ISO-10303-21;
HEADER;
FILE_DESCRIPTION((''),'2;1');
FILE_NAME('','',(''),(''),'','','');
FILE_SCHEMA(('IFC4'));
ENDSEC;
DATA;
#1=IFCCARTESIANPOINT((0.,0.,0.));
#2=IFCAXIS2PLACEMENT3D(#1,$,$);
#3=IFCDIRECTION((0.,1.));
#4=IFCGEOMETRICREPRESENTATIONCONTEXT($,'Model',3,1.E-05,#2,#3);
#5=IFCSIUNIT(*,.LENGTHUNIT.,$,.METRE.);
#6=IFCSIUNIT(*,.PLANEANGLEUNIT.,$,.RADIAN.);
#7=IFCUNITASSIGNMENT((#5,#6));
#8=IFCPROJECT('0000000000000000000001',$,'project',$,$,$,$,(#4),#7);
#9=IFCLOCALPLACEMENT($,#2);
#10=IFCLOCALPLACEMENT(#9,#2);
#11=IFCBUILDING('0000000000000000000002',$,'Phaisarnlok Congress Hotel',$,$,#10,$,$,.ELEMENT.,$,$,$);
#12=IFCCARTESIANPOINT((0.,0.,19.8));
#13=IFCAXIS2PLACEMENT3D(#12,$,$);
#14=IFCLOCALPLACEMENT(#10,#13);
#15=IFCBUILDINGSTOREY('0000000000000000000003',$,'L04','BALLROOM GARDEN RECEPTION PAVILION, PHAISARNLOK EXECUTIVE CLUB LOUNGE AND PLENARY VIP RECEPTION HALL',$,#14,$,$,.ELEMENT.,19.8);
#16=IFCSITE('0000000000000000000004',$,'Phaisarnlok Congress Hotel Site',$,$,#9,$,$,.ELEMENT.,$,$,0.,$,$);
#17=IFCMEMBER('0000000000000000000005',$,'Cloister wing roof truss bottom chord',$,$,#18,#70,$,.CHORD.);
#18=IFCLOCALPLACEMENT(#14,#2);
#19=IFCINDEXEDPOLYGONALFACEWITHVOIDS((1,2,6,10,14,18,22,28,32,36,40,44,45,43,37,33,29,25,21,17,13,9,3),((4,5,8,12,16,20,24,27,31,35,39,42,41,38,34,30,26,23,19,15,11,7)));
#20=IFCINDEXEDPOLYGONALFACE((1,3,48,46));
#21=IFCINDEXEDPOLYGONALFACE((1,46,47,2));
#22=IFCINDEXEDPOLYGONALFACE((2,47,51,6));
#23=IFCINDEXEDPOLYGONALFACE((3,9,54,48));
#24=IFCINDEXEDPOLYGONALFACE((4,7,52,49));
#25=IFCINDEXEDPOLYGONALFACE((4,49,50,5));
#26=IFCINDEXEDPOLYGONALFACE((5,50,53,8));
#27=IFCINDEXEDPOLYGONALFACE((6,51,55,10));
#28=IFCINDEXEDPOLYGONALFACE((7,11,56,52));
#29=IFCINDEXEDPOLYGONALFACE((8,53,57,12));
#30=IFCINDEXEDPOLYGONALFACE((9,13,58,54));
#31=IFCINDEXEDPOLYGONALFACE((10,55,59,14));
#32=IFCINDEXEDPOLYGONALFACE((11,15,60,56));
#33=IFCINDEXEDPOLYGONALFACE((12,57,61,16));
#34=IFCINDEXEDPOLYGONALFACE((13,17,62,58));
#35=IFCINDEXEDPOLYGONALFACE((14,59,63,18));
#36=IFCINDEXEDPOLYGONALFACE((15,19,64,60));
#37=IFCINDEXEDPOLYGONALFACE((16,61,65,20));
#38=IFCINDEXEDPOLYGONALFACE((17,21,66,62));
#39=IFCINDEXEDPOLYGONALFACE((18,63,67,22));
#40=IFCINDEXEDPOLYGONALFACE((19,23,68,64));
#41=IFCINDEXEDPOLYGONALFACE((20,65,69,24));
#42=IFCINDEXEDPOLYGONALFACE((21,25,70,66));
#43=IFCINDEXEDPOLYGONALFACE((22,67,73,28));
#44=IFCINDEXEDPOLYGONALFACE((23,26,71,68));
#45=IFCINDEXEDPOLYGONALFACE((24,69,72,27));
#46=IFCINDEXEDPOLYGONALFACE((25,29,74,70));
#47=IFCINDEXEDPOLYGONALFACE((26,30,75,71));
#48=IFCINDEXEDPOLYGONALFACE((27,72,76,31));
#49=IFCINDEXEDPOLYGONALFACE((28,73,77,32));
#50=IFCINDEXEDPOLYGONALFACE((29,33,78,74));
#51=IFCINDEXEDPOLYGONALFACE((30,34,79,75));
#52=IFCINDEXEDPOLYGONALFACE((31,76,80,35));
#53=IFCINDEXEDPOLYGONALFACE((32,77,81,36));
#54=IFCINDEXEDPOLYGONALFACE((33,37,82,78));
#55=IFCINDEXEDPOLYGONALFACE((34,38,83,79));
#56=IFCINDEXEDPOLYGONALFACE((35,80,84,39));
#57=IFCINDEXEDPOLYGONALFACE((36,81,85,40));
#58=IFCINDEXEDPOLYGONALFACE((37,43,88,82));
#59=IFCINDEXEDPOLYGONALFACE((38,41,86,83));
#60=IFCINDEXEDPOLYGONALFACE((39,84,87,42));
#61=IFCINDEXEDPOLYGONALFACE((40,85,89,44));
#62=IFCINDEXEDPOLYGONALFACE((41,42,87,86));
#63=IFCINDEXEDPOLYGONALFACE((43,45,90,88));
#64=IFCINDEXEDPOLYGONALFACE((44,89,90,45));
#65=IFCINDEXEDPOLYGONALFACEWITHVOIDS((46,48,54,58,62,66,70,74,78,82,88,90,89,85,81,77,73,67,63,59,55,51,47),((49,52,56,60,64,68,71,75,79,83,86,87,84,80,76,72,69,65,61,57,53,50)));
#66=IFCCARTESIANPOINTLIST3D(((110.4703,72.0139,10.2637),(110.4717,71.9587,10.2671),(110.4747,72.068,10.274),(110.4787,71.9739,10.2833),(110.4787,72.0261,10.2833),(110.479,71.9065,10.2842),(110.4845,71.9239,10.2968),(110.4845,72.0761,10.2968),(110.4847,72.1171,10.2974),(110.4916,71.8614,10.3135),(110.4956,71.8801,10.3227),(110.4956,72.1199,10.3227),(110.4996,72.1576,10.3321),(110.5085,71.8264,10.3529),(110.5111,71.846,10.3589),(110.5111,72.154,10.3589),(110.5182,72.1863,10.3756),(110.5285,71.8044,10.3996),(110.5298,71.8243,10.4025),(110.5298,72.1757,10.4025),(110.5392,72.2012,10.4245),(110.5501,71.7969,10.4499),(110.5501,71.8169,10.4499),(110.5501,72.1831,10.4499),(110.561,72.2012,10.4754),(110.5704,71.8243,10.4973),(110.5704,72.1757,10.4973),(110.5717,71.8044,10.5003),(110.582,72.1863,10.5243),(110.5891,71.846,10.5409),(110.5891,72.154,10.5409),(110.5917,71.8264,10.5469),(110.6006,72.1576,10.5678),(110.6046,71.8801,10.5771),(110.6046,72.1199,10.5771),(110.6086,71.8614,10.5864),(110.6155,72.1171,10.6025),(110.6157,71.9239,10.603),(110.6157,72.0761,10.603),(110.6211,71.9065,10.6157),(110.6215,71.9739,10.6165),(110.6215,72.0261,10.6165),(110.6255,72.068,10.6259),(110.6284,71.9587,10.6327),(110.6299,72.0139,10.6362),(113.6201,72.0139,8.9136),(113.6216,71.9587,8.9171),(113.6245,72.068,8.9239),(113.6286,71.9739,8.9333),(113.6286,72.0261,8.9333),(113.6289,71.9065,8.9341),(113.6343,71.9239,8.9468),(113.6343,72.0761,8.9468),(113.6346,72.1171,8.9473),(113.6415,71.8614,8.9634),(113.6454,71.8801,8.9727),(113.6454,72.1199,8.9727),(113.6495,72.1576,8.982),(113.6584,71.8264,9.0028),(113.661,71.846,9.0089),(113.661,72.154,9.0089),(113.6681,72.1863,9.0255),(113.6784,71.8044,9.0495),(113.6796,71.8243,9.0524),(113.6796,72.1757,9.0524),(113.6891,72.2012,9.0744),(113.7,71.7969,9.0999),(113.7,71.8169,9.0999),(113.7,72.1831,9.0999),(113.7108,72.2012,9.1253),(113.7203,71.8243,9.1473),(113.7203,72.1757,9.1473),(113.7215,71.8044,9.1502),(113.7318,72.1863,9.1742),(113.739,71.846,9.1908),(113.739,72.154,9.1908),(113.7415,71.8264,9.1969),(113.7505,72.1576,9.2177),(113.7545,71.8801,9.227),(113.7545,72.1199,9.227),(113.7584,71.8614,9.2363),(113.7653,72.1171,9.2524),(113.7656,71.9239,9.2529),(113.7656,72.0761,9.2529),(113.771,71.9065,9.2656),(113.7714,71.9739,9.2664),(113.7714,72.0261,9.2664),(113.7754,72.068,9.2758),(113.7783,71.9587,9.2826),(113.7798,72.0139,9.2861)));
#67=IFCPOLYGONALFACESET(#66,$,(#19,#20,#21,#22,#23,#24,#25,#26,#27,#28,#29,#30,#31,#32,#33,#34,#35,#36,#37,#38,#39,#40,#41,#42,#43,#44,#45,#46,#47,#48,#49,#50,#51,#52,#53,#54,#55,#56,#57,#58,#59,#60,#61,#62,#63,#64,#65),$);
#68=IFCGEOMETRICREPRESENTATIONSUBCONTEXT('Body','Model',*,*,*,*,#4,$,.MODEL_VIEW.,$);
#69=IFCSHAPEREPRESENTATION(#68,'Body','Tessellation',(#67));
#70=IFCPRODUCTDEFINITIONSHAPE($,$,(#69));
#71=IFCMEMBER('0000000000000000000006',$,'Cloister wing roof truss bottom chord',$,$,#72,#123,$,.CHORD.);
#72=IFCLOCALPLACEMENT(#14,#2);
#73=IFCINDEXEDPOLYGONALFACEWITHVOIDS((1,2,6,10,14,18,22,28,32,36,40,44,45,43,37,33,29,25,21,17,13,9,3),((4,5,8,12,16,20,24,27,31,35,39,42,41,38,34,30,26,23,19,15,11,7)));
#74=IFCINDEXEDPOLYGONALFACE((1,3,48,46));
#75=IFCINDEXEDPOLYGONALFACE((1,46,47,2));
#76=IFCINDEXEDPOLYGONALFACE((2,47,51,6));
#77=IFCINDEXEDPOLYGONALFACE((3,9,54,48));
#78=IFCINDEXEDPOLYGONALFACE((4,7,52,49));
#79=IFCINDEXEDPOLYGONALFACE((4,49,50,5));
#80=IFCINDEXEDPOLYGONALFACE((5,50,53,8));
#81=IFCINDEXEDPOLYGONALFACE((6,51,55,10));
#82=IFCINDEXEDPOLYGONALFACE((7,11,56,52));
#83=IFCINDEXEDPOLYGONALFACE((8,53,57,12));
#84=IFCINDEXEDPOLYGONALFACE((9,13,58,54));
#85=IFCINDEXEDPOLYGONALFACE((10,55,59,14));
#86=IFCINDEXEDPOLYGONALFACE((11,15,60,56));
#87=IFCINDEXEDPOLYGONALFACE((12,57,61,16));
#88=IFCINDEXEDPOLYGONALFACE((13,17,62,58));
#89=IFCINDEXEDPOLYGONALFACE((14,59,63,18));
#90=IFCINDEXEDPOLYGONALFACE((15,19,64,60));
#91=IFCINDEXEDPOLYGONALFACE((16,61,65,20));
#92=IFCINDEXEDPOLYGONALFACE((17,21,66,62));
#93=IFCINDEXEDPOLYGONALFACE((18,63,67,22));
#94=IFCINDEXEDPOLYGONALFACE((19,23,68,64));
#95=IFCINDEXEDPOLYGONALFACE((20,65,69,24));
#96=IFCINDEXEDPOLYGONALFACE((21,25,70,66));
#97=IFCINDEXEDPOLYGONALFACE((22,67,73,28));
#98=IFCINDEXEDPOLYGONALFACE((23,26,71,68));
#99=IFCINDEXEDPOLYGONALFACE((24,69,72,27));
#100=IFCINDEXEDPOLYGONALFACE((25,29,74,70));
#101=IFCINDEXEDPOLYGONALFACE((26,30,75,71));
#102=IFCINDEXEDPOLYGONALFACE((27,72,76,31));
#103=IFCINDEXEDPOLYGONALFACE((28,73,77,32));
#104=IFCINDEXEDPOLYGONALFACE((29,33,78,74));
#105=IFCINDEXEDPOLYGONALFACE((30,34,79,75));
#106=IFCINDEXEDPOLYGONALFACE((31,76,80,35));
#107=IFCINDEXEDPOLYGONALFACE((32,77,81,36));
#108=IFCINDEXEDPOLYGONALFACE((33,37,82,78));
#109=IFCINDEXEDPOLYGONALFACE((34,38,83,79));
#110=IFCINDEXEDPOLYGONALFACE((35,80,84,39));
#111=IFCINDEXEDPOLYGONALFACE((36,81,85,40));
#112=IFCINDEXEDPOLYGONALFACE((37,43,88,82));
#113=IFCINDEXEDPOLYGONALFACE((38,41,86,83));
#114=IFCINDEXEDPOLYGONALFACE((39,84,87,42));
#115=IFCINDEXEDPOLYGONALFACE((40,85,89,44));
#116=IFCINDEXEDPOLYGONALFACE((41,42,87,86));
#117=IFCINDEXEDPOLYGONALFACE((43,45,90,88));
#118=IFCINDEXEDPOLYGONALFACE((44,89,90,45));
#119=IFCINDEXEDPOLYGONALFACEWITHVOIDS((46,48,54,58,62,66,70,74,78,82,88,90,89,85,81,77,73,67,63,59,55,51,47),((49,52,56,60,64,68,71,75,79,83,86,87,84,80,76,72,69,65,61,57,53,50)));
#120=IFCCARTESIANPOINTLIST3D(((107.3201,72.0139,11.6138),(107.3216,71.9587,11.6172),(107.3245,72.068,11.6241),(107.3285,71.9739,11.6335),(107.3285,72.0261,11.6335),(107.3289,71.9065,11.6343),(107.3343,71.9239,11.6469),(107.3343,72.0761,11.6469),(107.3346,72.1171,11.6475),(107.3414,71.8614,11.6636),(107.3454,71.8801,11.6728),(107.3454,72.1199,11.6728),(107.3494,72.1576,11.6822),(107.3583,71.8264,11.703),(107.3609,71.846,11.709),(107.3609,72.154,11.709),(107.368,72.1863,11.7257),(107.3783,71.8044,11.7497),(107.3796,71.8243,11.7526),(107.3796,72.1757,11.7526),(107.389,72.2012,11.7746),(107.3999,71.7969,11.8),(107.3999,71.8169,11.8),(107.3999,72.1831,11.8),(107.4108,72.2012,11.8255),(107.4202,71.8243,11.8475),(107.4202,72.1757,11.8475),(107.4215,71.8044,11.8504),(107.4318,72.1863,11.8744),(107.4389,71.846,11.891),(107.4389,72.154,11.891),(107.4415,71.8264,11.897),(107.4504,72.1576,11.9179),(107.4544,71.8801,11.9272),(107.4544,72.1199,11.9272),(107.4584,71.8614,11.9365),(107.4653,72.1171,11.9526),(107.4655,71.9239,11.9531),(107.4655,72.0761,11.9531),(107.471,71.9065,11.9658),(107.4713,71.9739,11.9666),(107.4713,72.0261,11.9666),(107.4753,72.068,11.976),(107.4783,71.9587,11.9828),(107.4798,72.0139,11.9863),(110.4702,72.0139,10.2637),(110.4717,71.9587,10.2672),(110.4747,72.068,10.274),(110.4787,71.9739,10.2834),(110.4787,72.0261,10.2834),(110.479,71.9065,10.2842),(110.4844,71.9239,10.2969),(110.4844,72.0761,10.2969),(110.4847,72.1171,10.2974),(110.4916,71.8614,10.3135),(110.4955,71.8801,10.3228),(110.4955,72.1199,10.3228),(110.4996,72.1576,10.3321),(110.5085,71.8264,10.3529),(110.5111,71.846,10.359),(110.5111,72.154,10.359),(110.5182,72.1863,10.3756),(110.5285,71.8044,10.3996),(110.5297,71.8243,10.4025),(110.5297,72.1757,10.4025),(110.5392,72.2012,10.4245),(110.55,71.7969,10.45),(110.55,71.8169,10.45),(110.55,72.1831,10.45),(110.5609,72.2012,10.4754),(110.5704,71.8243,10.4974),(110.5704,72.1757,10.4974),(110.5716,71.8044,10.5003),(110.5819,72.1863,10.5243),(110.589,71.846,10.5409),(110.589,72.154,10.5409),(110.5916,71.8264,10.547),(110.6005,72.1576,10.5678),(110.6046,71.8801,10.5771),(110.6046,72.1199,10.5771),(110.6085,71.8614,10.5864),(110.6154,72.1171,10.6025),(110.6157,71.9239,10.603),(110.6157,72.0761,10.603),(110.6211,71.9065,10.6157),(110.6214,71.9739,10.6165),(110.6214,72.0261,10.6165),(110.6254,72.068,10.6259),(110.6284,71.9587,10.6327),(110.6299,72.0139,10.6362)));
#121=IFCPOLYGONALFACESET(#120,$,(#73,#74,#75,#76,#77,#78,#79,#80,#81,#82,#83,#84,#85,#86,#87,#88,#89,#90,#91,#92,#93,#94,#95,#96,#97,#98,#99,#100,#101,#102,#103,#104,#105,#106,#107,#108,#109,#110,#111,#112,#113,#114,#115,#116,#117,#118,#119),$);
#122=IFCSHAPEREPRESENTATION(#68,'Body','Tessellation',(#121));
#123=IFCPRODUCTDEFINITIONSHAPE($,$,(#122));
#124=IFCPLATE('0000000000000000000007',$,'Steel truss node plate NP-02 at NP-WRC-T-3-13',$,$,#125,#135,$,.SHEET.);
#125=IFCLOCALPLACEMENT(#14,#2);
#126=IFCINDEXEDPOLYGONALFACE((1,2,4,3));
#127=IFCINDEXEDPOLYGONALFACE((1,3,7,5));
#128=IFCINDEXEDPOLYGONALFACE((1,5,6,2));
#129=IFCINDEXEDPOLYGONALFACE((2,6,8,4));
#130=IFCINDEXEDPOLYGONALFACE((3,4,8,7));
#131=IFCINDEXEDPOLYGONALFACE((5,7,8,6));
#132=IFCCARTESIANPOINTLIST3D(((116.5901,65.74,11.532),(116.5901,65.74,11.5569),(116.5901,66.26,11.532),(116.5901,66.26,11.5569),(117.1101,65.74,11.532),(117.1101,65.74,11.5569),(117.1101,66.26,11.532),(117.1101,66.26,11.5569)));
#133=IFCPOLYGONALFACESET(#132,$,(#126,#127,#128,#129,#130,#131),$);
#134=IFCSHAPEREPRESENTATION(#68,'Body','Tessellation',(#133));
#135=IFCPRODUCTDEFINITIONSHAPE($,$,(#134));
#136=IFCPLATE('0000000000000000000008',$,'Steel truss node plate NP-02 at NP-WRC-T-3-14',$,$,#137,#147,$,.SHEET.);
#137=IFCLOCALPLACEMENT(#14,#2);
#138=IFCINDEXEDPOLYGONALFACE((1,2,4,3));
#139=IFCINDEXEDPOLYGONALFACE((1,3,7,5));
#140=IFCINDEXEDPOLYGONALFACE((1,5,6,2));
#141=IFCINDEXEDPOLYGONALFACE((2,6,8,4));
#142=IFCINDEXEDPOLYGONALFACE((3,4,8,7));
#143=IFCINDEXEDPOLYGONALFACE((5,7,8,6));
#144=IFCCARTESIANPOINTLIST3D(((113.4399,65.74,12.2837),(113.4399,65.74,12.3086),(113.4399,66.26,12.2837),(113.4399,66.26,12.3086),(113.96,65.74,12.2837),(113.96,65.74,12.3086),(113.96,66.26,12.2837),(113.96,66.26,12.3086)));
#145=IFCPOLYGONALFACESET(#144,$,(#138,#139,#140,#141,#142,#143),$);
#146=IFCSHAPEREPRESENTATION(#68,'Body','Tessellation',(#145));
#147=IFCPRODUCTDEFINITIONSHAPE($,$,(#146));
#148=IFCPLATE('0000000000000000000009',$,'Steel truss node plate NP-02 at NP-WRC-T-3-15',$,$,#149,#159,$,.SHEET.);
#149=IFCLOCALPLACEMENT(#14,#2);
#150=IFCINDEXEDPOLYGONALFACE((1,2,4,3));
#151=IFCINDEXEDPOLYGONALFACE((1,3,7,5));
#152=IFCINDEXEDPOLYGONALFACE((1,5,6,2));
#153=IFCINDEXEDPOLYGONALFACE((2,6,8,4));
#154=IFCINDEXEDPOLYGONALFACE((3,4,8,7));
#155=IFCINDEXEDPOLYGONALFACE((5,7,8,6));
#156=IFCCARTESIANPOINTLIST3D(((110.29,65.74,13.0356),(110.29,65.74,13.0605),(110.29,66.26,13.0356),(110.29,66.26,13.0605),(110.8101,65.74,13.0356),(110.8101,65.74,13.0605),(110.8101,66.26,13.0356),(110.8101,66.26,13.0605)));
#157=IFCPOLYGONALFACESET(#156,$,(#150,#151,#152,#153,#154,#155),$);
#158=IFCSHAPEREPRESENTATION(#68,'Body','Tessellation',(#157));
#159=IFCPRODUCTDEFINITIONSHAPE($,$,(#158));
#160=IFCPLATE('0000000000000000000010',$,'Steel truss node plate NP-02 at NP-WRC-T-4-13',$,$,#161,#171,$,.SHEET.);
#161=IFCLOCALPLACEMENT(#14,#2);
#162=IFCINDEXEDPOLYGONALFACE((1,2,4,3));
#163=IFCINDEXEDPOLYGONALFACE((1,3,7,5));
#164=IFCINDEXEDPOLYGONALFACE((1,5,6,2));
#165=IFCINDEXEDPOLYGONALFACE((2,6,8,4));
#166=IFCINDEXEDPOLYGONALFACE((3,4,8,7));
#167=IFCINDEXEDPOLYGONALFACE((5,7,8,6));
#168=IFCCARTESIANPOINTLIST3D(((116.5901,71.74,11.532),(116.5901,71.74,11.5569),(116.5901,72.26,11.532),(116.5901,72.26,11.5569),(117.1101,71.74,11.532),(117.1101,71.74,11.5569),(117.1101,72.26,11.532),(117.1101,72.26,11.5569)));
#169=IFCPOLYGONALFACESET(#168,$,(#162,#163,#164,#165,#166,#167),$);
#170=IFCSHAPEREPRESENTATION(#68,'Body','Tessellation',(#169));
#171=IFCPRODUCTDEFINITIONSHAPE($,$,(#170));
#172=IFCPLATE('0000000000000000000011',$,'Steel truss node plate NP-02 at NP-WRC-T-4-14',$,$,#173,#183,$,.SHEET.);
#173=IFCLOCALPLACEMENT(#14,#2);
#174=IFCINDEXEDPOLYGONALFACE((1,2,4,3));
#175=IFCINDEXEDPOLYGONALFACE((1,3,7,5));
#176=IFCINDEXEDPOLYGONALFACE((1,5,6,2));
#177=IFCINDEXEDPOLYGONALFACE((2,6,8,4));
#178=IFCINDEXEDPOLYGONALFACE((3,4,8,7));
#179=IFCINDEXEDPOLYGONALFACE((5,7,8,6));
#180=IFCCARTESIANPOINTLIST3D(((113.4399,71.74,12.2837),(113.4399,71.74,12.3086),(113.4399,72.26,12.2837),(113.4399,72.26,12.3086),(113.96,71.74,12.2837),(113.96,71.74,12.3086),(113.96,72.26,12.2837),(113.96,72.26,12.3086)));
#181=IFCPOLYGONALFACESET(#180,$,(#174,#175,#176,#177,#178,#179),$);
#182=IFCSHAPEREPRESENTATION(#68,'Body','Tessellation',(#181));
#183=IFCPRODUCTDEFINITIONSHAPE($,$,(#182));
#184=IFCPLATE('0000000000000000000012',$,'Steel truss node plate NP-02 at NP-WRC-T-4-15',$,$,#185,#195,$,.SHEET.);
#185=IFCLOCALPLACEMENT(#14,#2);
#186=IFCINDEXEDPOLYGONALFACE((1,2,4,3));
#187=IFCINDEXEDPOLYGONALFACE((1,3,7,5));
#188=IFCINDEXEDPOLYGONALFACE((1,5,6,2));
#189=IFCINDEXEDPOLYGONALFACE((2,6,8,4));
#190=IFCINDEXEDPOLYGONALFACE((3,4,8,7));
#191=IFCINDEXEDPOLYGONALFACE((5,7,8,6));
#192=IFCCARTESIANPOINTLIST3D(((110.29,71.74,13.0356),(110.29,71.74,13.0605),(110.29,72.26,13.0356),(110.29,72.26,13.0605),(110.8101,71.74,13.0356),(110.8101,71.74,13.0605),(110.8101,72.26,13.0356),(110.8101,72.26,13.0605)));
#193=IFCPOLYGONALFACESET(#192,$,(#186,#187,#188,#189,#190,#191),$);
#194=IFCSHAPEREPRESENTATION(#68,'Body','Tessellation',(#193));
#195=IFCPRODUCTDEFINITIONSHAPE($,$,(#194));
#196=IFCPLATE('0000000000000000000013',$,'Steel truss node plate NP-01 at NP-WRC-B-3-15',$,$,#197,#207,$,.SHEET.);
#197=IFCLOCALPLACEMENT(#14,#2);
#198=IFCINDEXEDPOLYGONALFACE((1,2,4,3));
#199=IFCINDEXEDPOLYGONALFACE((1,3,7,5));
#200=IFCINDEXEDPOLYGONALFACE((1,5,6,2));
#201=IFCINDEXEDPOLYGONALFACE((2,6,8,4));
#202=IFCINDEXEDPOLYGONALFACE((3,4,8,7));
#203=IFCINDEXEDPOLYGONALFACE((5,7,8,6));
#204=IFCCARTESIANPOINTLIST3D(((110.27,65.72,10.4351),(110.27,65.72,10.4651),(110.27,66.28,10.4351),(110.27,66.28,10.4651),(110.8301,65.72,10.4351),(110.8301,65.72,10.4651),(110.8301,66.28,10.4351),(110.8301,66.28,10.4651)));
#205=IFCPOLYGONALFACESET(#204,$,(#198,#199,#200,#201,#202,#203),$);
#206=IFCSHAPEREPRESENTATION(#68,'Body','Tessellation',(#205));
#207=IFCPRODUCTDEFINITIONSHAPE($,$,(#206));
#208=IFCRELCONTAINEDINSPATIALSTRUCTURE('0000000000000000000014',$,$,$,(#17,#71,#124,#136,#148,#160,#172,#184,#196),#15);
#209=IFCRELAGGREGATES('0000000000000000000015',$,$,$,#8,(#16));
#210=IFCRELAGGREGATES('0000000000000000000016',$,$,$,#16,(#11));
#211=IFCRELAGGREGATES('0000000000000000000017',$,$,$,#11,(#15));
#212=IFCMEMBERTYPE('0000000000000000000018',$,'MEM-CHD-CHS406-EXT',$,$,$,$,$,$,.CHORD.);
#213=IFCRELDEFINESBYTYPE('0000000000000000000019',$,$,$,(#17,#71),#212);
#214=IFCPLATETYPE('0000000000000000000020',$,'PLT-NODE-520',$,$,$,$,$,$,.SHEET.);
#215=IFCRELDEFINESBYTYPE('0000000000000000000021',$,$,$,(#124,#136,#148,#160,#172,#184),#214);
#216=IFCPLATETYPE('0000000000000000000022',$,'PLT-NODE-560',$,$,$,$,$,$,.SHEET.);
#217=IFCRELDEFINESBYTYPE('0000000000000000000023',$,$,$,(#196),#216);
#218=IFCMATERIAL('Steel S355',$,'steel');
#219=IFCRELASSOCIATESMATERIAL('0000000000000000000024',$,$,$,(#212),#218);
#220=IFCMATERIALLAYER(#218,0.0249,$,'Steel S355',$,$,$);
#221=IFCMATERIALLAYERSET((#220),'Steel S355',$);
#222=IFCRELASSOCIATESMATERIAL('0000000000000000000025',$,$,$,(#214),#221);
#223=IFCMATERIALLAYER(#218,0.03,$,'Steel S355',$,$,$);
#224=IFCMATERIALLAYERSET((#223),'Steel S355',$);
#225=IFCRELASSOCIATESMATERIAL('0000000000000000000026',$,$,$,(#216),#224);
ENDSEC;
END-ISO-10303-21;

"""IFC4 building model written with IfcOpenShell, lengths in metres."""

from ifc_helpers import new_model, si_unit, direction, frame, origin, origin_2d, place, context, subcontext, project, spatial, rectangle, hollow_circle, extrude, material, layer, layer_set, material_profile, profile_set, type_object, element, save


model = new_model("IFC4")

# Units and contexts
model_context = context("Model", 3, precision=1e-05, world=origin(), true_north=direction((0.0, 1.0)))
body_context = subcontext(model_context, "Body", "Model", "MODEL_VIEW")
ifc_project = project(units=[si_unit("LENGTHUNIT", "METRE"), si_unit("PLANEANGLEUNIT", "RADIAN")], contexts=[model_context])

# Site, building, storey
site_placement = place(None, origin())
site = spatial("IfcSite", under=ifc_project, at=site_placement, Name="Phaisarnlok Congress Hotel Site", CompositionType="ELEMENT", RefElevation=0.0)
building_placement = place(site_placement, origin())
building = spatial("IfcBuilding", under=site, at=building_placement, Name="Phaisarnlok Congress Hotel", CompositionType="ELEMENT")
storey_placement = place(building_placement, frame((0.0, 0.0, 19.8)))
storey = spatial("IfcBuildingStorey", under=building, at=storey_placement, Name="L04", Description="BALLROOM GARDEN RECEPTION PAVILION, PHAISARNLOK EXECUTIVE CLUB LOUNGE AND PLENARY VIP RECEPTION HALL", CompositionType="ELEMENT", Elevation=19.8)

# Shared definitions
ifc_material_1 = material(Name="Steel S355", Category="steel")

# Members
ifc_material_profile_1 = material_profile(ifc_material_1, hollow_circle(Radius=0.2031, WallThickness=0.02, at=origin_2d()), Name="CHS 406.4x20")
ifc_profile_set_1 = profile_set([ifc_material_profile_1], Name="Steel S355")
member_type_1 = type_object("IfcMemberType", Name="MEM-CHD-CHS406-EXT", PredefinedType="CHORD", material=ifc_profile_set_1)
member_1_placement = place(storey_placement, frame((113.7, 72.0, 9.0999), z_axis=(-0.91913, 0.0, 0.393954), x_axis=(0.0, -1.0, 0.0)))
element("IfcMember", 1, at=member_1_placement, inside=storey, type_object=member_type_1, Name="Cloister wing roof truss bottom chord", PredefinedType="CHORD", context=body_context, shape_type="SweptSolid", body=[
    extrude(hollow_circle(Radius=0.2031, WallThickness=0.02, at=origin_2d()), origin(), (0.0, 0.0, 1.0), 3.427),
])
member_2_placement = place(storey_placement, frame((110.55, 72.0, 10.45), z_axis=(-0.919141, 0.0, 0.393928), x_axis=(0.0, -1.0, 0.0)))
element("IfcMember", 2, at=member_2_placement, inside=storey, type_object=member_type_1, Name="Cloister wing roof truss bottom chord", PredefinedType="CHORD", context=body_context, shape_type="SweptSolid", body=[
    extrude(hollow_circle(Radius=0.2031, WallThickness=0.02, at=origin_2d()), origin(), (0.0, 0.0, 1.0), 3.4272),
])

# Plates
ifc_layer_1 = layer(ifc_material_1, 0.0249, Name="Steel S355")
ifc_layer_set_1 = layer_set([ifc_layer_1], Name="Steel S355")
plate_type_1 = type_object("IfcPlateType", Name="PLT-NODE-520", PredefinedType="SHEET", material=ifc_layer_set_1)
for number, where, z_axis, x_axis, name in (
    (3, (116.8501, 66.0, 11.532), (0.0, 0.0, 1.0), (1.0, 0.0, 0.0), "Steel truss node plate NP-02 at NP-WRC-T-3-13"),
    (4, (113.7, 66.0, 12.2837), (0.0, 0.0, 1.0), (1.0, 0.0, 0.0), "Steel truss node plate NP-02 at NP-WRC-T-3-14"),
    (5, (110.55, 66.0, 13.0356), (0.0, 0.0, 1.0), (1.0, 0.0, 0.0), "Steel truss node plate NP-02 at NP-WRC-T-3-15"),
    (6, (116.8501, 72.0, 11.532), (0.0, 0.0, 1.0), (1.0, 0.0, 0.0), "Steel truss node plate NP-02 at NP-WRC-T-4-13"),
    (7, (113.7, 72.0, 12.2837), (0.0, 0.0, 1.0), (1.0, 0.0, 0.0), "Steel truss node plate NP-02 at NP-WRC-T-4-14"),
    (8, (110.55, 72.0, 13.0356), (0.0, 0.0, 1.0), (1.0, 0.0, 0.0), "Steel truss node plate NP-02 at NP-WRC-T-4-15"),
):
    element("IfcPlate", number, at=place(storey_placement, frame(where, z_axis=z_axis, x_axis=x_axis)), inside=storey, type_object=plate_type_1, Name=name, PredefinedType="SHEET", context=body_context, shape_type="SweptSolid", body=[
        extrude(rectangle(XDim=0.52, YDim=0.52, at=origin_2d()), origin(), (0.0, 0.0, 1.0), 0.0249),
    ])
ifc_layer_2 = layer(ifc_material_1, 0.03, Name="Steel S355")
ifc_layer_set_2 = layer_set([ifc_layer_2], Name="Steel S355")
plate_type_2 = type_object("IfcPlateType", Name="PLT-NODE-560", PredefinedType="SHEET", material=ifc_layer_set_2)
for number, where, z_axis, x_axis, name in (
    (9, (110.55, 66.0, 10.4351), (0.0, 0.0, 1.0), (1.0, 0.0, 0.0), "Steel truss node plate NP-01 at NP-WRC-B-3-15"),
):
    element("IfcPlate", number, at=place(storey_placement, frame(where, z_axis=z_axis, x_axis=x_axis)), inside=storey, type_object=plate_type_2, Name=name, PredefinedType="SHEET", context=body_context, shape_type="SweptSolid", body=[
        extrude(rectangle(XDim=0.5601, YDim=0.5601, at=origin_2d()), origin(), (0.0, 0.0, 1.0), 0.03),
    ])

save(model, "model.ifc")
